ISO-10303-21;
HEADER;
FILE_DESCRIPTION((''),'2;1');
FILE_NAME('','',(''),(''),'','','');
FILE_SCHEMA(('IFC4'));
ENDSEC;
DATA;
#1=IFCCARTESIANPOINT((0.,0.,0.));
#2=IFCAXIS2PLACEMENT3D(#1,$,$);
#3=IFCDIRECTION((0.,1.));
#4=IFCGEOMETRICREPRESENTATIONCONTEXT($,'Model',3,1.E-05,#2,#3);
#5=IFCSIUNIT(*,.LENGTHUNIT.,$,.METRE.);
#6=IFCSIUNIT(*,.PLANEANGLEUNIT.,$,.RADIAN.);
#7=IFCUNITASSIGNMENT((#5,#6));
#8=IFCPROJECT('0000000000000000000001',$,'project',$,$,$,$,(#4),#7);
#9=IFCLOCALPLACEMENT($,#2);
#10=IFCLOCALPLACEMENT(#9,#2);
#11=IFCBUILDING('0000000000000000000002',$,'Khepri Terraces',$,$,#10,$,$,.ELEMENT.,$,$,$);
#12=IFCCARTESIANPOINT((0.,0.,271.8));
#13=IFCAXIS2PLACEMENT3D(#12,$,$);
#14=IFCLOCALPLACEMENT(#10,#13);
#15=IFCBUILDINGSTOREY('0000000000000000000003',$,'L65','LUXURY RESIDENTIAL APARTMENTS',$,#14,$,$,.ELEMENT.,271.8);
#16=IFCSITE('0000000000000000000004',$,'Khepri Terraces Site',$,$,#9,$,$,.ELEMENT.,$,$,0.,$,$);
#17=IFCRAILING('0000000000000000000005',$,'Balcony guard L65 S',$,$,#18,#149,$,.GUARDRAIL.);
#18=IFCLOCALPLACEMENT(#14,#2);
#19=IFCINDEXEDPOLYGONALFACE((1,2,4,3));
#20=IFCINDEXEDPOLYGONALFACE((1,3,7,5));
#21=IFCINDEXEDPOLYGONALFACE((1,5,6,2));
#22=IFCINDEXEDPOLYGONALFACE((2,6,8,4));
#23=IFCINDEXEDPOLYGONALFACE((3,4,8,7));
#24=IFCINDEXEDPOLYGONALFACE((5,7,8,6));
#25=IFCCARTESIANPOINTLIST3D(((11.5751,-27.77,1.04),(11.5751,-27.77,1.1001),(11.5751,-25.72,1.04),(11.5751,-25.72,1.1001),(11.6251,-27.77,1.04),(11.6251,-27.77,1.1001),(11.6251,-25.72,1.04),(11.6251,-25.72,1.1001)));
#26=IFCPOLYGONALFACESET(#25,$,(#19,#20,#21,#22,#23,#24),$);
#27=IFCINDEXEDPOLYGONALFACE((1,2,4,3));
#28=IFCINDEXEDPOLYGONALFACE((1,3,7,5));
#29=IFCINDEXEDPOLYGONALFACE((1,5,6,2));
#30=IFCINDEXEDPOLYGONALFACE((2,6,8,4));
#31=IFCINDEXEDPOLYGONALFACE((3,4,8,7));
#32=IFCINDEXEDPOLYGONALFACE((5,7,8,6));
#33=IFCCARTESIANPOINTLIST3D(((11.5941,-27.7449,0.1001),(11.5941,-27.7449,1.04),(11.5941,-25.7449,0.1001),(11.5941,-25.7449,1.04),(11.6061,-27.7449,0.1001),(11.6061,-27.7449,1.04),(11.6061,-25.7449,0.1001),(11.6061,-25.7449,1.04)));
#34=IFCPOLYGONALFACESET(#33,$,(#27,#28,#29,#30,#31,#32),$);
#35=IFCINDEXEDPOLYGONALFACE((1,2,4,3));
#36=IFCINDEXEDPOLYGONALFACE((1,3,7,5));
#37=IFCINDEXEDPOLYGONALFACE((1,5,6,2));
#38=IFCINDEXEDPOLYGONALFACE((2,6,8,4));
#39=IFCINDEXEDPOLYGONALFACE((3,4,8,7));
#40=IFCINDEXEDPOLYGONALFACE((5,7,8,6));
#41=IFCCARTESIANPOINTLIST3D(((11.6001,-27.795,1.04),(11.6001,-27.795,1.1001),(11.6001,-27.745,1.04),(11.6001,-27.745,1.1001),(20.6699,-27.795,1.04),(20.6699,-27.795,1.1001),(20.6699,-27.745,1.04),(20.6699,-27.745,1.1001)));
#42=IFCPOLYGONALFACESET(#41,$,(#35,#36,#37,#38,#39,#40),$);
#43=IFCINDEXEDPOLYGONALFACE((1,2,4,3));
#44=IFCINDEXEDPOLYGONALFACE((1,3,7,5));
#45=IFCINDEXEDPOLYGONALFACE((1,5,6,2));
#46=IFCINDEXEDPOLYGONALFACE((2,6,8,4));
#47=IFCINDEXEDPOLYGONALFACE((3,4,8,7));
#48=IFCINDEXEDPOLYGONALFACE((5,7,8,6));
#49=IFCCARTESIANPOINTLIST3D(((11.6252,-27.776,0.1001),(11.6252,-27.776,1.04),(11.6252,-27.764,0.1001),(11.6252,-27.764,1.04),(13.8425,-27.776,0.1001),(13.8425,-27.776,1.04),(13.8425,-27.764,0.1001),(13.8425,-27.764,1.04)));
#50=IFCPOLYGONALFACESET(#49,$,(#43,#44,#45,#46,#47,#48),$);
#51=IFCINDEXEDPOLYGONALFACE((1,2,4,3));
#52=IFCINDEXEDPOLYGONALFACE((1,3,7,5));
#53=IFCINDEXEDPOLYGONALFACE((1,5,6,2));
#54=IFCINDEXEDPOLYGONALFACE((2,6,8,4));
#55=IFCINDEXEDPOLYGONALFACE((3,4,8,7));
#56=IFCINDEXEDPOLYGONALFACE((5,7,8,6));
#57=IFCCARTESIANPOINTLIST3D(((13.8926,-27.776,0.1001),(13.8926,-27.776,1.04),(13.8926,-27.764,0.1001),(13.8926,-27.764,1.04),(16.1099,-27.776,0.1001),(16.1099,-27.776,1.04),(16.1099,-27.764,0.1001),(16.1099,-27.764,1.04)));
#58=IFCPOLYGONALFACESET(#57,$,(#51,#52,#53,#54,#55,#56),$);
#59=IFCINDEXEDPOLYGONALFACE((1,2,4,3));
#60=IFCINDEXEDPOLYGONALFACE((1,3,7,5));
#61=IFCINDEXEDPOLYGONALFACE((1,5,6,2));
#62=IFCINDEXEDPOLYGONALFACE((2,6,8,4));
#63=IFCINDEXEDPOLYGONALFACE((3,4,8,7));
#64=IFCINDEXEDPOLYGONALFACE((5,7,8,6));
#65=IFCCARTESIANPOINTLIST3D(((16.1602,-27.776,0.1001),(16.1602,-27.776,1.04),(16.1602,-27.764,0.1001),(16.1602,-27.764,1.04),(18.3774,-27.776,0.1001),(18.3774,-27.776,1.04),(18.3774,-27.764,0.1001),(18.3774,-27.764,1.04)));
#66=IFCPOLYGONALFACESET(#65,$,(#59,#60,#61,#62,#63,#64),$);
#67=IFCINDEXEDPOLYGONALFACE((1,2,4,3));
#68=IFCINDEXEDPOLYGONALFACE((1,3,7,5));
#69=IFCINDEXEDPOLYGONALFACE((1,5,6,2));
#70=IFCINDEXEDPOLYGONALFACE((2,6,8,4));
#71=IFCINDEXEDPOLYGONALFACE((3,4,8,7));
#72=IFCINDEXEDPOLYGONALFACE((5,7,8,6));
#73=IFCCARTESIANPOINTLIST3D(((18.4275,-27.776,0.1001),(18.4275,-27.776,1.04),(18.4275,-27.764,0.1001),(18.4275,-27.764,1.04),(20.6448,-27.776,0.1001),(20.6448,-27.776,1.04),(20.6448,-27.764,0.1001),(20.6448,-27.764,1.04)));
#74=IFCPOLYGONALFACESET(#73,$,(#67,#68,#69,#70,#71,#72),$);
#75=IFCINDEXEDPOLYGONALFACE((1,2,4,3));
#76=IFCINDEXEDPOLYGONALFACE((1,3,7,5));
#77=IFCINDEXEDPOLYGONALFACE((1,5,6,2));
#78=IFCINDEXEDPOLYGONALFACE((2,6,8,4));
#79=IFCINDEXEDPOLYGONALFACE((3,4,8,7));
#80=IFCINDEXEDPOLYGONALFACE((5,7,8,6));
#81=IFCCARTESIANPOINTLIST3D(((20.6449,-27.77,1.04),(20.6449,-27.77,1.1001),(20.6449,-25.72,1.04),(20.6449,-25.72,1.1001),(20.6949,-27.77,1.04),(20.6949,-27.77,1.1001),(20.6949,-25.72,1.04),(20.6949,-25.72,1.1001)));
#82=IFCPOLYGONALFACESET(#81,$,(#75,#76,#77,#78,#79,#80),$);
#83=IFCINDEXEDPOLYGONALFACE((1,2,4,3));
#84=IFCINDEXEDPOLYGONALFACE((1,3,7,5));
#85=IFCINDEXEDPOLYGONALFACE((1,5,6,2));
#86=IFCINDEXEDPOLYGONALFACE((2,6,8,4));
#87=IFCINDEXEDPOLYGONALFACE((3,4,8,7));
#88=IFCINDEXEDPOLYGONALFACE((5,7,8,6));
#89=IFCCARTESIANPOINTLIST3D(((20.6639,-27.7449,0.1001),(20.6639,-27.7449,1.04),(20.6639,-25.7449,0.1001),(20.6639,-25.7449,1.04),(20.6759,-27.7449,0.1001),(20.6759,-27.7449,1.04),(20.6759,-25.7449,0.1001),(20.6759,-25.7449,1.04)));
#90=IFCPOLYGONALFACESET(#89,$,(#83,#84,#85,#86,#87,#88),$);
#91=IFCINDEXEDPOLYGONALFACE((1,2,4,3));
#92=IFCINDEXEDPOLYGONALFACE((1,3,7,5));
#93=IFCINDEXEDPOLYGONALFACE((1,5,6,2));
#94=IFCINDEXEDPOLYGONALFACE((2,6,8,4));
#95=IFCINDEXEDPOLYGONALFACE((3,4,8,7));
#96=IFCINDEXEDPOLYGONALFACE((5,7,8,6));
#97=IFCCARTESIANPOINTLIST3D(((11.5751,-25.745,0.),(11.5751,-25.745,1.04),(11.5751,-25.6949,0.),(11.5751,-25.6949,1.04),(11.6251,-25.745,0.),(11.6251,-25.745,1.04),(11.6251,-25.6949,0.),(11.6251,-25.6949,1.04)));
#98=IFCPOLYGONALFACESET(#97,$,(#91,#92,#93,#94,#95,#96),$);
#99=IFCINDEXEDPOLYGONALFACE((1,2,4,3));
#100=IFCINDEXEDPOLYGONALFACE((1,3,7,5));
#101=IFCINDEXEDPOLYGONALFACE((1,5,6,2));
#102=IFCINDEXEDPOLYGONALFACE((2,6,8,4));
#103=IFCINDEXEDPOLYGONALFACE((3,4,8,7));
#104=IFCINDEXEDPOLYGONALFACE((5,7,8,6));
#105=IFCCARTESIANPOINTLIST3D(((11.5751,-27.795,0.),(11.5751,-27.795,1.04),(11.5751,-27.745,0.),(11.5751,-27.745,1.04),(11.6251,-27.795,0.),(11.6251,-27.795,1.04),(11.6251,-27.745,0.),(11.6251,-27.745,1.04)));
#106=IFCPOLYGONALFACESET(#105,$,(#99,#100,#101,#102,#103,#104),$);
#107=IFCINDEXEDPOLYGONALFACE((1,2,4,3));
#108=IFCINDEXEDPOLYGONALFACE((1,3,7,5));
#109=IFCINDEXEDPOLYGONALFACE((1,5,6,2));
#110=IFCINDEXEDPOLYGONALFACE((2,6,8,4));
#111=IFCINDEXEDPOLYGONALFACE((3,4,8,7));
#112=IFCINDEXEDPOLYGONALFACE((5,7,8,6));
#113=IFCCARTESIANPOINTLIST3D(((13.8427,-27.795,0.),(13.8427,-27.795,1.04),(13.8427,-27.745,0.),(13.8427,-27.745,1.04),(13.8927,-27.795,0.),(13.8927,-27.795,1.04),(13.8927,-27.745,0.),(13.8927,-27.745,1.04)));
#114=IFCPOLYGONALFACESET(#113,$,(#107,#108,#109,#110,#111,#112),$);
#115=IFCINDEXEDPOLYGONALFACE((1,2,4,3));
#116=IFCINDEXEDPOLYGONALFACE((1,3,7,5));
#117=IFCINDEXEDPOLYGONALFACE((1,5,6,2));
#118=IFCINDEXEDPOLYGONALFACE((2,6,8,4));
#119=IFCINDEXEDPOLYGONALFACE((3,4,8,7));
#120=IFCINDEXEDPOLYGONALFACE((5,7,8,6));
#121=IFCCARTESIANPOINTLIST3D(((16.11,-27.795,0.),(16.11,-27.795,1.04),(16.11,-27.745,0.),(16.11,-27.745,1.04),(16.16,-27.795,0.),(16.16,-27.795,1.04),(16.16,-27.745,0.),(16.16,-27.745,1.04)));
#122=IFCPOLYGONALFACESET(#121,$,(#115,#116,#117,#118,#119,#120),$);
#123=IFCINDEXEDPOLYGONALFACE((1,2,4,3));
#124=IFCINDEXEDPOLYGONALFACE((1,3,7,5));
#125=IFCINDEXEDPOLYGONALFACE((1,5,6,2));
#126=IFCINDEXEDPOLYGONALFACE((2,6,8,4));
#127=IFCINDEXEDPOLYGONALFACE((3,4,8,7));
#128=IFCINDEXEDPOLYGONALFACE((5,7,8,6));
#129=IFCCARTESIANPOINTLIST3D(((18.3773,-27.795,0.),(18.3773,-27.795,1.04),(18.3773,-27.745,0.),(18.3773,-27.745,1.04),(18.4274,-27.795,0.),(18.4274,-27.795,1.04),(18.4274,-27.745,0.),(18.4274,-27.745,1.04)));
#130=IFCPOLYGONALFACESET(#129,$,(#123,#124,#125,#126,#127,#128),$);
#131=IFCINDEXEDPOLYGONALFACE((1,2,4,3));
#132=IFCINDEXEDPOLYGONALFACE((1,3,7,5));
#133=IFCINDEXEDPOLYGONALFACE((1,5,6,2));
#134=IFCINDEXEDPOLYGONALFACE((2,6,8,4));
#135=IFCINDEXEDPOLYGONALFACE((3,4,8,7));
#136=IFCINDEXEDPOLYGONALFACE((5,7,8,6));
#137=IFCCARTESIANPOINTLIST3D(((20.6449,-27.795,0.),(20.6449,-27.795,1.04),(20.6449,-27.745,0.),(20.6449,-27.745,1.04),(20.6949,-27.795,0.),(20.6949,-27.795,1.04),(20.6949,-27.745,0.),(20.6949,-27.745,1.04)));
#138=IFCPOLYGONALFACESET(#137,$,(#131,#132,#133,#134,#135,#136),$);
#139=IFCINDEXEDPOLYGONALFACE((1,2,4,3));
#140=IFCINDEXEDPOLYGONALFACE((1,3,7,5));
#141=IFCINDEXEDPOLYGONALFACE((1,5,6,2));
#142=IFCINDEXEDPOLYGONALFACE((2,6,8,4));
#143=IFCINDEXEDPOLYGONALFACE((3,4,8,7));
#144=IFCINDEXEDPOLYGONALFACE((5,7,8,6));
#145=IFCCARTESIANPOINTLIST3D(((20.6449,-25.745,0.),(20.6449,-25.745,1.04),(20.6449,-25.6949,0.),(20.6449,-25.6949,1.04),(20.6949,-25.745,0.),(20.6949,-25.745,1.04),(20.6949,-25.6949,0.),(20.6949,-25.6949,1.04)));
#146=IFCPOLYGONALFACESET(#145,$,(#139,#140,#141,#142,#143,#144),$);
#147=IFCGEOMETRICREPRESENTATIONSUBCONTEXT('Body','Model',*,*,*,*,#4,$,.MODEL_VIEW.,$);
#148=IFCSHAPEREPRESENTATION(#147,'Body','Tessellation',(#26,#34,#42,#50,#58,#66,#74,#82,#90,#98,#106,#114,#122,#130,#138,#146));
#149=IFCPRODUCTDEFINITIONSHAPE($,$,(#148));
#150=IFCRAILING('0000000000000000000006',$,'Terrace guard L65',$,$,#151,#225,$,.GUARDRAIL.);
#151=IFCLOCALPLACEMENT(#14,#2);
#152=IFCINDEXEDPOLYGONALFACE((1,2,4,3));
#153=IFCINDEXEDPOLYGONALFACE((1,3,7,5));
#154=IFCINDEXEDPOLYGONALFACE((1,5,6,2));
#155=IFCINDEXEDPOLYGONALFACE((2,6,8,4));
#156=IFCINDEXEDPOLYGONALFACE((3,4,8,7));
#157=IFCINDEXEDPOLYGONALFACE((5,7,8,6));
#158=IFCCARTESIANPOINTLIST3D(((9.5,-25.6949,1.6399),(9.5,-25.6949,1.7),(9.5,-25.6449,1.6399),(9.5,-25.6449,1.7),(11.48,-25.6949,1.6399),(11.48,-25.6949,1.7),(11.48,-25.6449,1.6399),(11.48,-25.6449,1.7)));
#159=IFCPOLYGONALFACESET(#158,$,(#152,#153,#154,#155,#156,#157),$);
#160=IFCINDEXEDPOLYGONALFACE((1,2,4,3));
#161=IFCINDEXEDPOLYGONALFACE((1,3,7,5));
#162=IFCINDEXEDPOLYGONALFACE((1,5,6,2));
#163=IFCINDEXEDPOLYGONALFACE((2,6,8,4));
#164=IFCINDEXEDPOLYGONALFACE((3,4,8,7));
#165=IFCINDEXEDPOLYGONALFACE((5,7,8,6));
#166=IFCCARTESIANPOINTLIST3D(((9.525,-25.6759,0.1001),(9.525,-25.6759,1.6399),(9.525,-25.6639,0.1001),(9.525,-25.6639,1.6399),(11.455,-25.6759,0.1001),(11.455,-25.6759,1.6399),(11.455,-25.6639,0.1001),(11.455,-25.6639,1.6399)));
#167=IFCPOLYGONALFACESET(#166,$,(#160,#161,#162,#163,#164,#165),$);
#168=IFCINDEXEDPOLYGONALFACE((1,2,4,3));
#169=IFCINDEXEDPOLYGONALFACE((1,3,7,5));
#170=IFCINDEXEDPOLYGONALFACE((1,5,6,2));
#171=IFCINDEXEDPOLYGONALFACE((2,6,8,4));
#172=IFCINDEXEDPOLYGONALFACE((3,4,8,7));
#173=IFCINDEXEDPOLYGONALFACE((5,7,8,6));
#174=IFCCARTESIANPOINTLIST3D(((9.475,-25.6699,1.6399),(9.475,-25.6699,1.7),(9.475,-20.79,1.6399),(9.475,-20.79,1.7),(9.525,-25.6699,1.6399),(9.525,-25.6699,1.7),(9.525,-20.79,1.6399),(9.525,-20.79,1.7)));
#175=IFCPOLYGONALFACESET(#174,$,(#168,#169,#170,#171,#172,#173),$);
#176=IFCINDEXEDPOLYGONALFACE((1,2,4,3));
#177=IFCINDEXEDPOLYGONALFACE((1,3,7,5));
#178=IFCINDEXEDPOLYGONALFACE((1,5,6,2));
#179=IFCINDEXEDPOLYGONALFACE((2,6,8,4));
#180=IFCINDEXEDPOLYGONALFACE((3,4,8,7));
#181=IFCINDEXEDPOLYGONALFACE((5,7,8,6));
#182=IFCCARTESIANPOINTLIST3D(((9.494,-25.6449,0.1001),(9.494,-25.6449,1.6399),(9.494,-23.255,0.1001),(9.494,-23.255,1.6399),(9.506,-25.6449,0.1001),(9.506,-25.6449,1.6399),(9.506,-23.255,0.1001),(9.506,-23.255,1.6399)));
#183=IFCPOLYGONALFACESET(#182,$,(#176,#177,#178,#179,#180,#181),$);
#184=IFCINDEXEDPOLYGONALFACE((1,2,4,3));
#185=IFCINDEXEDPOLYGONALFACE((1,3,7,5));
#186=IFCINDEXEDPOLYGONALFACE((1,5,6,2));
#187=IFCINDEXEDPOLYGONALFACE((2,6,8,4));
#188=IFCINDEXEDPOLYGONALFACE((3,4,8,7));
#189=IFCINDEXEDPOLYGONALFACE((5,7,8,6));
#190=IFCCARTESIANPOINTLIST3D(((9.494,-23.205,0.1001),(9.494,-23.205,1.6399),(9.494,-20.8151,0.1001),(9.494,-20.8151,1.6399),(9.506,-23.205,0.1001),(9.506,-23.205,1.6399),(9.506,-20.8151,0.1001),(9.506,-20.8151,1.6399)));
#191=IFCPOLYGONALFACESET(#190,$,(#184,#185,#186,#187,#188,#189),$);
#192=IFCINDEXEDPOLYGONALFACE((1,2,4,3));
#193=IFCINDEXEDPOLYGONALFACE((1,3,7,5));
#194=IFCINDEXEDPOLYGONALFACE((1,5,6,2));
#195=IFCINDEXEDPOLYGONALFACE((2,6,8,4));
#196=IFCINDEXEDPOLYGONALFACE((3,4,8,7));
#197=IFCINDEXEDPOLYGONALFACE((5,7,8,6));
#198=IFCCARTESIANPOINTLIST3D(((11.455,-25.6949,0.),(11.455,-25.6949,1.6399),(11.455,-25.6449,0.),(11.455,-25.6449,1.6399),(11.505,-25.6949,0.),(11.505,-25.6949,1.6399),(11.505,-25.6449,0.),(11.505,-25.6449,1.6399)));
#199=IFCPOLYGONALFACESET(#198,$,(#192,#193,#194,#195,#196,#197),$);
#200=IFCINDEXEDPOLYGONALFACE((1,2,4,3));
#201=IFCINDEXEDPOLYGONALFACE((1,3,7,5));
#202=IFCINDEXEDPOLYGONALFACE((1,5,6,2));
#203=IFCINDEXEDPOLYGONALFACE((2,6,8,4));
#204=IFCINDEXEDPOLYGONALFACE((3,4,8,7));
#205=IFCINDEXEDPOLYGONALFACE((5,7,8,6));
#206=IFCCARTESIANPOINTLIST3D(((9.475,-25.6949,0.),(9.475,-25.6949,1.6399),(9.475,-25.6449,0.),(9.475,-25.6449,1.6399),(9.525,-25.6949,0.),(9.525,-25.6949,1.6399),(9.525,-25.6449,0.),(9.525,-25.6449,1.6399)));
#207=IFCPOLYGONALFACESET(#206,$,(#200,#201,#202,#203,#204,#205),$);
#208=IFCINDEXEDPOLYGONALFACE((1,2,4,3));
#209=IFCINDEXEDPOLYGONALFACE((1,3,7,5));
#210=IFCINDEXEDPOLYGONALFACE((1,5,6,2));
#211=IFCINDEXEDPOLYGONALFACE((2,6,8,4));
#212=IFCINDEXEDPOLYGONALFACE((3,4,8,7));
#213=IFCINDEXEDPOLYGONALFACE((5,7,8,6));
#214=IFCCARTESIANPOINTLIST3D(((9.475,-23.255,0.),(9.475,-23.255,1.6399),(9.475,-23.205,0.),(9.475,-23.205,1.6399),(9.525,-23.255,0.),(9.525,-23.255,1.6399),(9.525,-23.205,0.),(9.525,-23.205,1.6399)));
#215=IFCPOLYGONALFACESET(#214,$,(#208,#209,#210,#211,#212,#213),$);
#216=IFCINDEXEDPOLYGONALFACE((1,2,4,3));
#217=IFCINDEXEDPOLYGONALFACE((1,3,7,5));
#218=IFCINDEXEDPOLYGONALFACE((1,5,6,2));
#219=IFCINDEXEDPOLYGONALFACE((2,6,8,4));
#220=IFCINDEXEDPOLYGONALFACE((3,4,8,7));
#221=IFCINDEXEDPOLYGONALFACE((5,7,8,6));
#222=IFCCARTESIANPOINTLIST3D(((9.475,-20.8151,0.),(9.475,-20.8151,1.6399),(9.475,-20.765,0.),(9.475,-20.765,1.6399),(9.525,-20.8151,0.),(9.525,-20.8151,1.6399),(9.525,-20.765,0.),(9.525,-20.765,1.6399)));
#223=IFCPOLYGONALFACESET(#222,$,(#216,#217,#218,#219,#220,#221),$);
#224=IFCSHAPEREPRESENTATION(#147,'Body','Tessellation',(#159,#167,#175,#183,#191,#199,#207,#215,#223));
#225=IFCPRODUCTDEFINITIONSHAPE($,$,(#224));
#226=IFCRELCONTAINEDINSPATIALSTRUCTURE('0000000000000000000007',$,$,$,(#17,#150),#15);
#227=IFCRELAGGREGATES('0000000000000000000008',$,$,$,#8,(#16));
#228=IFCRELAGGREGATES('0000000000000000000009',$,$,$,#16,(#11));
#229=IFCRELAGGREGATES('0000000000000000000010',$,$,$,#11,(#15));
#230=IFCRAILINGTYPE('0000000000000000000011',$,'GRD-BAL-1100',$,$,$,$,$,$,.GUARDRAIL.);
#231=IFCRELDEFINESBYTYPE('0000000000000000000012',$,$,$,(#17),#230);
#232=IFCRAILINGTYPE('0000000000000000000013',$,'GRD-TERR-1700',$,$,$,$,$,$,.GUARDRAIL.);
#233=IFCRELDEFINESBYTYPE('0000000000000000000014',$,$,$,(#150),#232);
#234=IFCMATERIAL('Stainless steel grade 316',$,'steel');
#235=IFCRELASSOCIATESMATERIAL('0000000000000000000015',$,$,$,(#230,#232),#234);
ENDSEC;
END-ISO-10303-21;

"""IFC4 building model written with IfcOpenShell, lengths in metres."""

from ifc_helpers import new_model, si_unit, direction, frame, origin, origin_2d, place, context, subcontext, project, spatial, rectangle, extrude, material, type_object, element, save


model = new_model("IFC4")

# Units and contexts
model_context = context("Model", 3, precision=1e-05, world=origin(), true_north=direction((0.0, 1.0)))
body_context = subcontext(model_context, "Body", "Model", "MODEL_VIEW")
ifc_project = project(units=[si_unit("LENGTHUNIT", "METRE"), si_unit("PLANEANGLEUNIT", "RADIAN")], contexts=[model_context])

# Site, building, storey
site_placement = place(None, origin())
site = spatial("IfcSite", under=ifc_project, at=site_placement, Name="Khepri Terraces Site", CompositionType="ELEMENT", RefElevation=0.0)
building_placement = place(site_placement, origin())
building = spatial("IfcBuilding", under=site, at=building_placement, Name="Khepri Terraces", CompositionType="ELEMENT")
storey_placement = place(building_placement, frame((0.0, 0.0, 271.8)))
storey = spatial("IfcBuildingStorey", under=building, at=storey_placement, Name="L65", Description="LUXURY RESIDENTIAL APARTMENTS", CompositionType="ELEMENT", Elevation=271.8)

# Railings
ifc_material_1 = material(Name="Stainless steel grade 316", Category="steel")
railing_type_1 = type_object("IfcRailingType", Name="GRD-BAL-1100", PredefinedType="GUARDRAIL", material=ifc_material_1)
railing_1_placement = place(storey_placement, frame((11.6001, -25.72, 0.0)))
element("IfcRailing", 1, at=railing_1_placement, inside=storey, type_object=railing_type_1, Name="Balcony guard L65 S", PredefinedType="GUARDRAIL", context=body_context, shape_type="SweptSolid", body=[
    extrude(rectangle(XDim=0.05, YDim=0.0601, at=origin_2d()), frame((0.0, 0.0, 1.0701), z_axis=(0.0, -1.0, 0.0), x_axis=(1.0, 0.0, 0.0)), (0.0, 0.0, 1.0), 2.05),
    extrude(rectangle(XDim=2.0, YDim=0.012, at=origin_2d()), frame((0.0, -1.0249, 0.1001), z_axis=(0.0, 0.0, 1.0), x_axis=(0.0, -1.0, 0.0)), (0.0, 0.0, 1.0), 0.9399),
    extrude(rectangle(XDim=0.05, YDim=0.0601, at=origin_2d()), frame((0.0, -2.05, 1.0701), z_axis=(1.0, 0.0, 0.0), x_axis=(0.0, 1.0, 0.0)), (0.0, 0.0, 1.0), 9.0698),
    extrude(rectangle(XDim=2.2173, YDim=0.012, at=origin_2d()), frame((1.1338, -2.05, 0.1001), z_axis=(0.0, 0.0, 1.0), x_axis=(1.0, 0.0, 0.0)), (0.0, 0.0, 1.0), 0.9399),
    extrude(rectangle(XDim=2.2173, YDim=0.012, at=origin_2d()), frame((3.4011, -2.05, 0.1001), z_axis=(0.0, 0.0, 1.0), x_axis=(1.0, 0.0, 0.0)), (0.0, 0.0, 1.0), 0.9399),
    extrude(rectangle(XDim=2.2173, YDim=0.012, at=origin_2d()), frame((5.6687, -2.05, 0.1001), z_axis=(0.0, 0.0, 1.0), x_axis=(1.0, 0.0, 0.0)), (0.0, 0.0, 1.0), 0.9399),
    extrude(rectangle(XDim=2.2173, YDim=0.012, at=origin_2d()), frame((7.936, -2.05, 0.1001), z_axis=(0.0, 0.0, 1.0), x_axis=(1.0, 0.0, 0.0)), (0.0, 0.0, 1.0), 0.9399),
    extrude(rectangle(XDim=0.05, YDim=0.0601, at=origin_2d()), frame((9.0698, -2.05, 1.0701), z_axis=(0.0, 1.0, 0.0), x_axis=(-1.0, 0.0, 0.0)), (0.0, 0.0, 1.0), 2.05),
    extrude(rectangle(XDim=2.0, YDim=0.012, at=origin_2d()), frame((9.0698, -1.0249, 0.1001), z_axis=(0.0, 0.0, 1.0), x_axis=(0.0, 1.0, 0.0)), (0.0, 0.0, 1.0), 0.9399),
    extrude(rectangle(XDim=0.05, YDim=0.05, at=origin_2d()), origin(), (0.0, 0.0, 1.0), 1.04),
    extrude(rectangle(XDim=0.05, YDim=0.05, at=origin_2d()), frame((0.0, -2.05, 0.0)), (0.0, 0.0, 1.0), 1.04),
    extrude(rectangle(XDim=0.05, YDim=0.05, at=origin_2d()), frame((2.2676, -2.05, 0.0)), (0.0, 0.0, 1.0), 1.04),
    extrude(rectangle(XDim=0.05, YDim=0.05, at=origin_2d()), frame((4.5349, -2.05, 0.0)), (0.0, 0.0, 1.0), 1.04),
    extrude(rectangle(XDim=0.05, YDim=0.05, at=origin_2d()), frame((6.8022, -2.05, 0.0)), (0.0, 0.0, 1.0), 1.04),
    extrude(rectangle(XDim=0.05, YDim=0.05, at=origin_2d()), frame((9.0698, -2.05, 0.0)), (0.0, 0.0, 1.0), 1.04),
    extrude(rectangle(XDim=0.05, YDim=0.05, at=origin_2d()), frame((9.0698, 0.0, 0.0)), (0.0, 0.0, 1.0), 1.04),
])
railing_type_2 = type_object("IfcRailingType", Name="GRD-TERR-1700", PredefinedType="GUARDRAIL", material=ifc_material_1)
railing_2_placement = place(storey_placement, frame((11.48, -25.6699, 0.0)))
element("IfcRailing", 2, at=railing_2_placement, inside=storey, type_object=railing_type_2, Name="Terrace guard L65", PredefinedType="GUARDRAIL", context=body_context, shape_type="SweptSolid", body=[
    extrude(rectangle(XDim=0.05, YDim=0.0601, at=origin_2d()), frame((0.0, 0.0, 1.6699), z_axis=(-1.0, 0.0, 0.0), x_axis=(0.0, -1.0, 0.0)), (0.0, 0.0, 1.0), 1.98),
    extrude(rectangle(XDim=1.9299, YDim=0.012, at=origin_2d()), frame((-0.99, 0.0, 0.1001), z_axis=(0.0, 0.0, 1.0), x_axis=(-1.0, 0.0, 0.0)), (0.0, 0.0, 1.0), 1.5398),
    extrude(rectangle(XDim=0.05, YDim=0.0601, at=origin_2d()), frame((-1.98, 0.0, 1.6699), z_axis=(0.0, 1.0, 0.0), x_axis=(-1.0, 0.0, 0.0)), (0.0, 0.0, 1.0), 4.8799),
    extrude(rectangle(XDim=2.3899, YDim=0.012, at=origin_2d()), frame((-1.98, 1.22, 0.1001), z_axis=(0.0, 0.0, 1.0), x_axis=(0.0, 1.0, 0.0)), (0.0, 0.0, 1.0), 1.5398),
    extrude(rectangle(XDim=2.3899, YDim=0.012, at=origin_2d()), frame((-1.98, 3.6599, 0.1001), z_axis=(0.0, 0.0, 1.0), x_axis=(0.0, 1.0, 0.0)), (0.0, 0.0, 1.0), 1.5398),
    extrude(rectangle(XDim=0.05, YDim=0.05, at=origin_2d()), origin(), (0.0, 0.0, 1.0), 1.6399),
    extrude(rectangle(XDim=0.05, YDim=0.05, at=origin_2d()), frame((-1.98, 0.0, 0.0)), (0.0, 0.0, 1.0), 1.6399),
    extrude(rectangle(XDim=0.05, YDim=0.05, at=origin_2d()), frame((-1.98, 2.4399, 0.0)), (0.0, 0.0, 1.0), 1.6399),
    extrude(rectangle(XDim=0.05, YDim=0.05, at=origin_2d()), frame((-1.98, 4.8799, 0.0)), (0.0, 0.0, 1.0), 1.6399),
])

save(model, "model.ifc")
